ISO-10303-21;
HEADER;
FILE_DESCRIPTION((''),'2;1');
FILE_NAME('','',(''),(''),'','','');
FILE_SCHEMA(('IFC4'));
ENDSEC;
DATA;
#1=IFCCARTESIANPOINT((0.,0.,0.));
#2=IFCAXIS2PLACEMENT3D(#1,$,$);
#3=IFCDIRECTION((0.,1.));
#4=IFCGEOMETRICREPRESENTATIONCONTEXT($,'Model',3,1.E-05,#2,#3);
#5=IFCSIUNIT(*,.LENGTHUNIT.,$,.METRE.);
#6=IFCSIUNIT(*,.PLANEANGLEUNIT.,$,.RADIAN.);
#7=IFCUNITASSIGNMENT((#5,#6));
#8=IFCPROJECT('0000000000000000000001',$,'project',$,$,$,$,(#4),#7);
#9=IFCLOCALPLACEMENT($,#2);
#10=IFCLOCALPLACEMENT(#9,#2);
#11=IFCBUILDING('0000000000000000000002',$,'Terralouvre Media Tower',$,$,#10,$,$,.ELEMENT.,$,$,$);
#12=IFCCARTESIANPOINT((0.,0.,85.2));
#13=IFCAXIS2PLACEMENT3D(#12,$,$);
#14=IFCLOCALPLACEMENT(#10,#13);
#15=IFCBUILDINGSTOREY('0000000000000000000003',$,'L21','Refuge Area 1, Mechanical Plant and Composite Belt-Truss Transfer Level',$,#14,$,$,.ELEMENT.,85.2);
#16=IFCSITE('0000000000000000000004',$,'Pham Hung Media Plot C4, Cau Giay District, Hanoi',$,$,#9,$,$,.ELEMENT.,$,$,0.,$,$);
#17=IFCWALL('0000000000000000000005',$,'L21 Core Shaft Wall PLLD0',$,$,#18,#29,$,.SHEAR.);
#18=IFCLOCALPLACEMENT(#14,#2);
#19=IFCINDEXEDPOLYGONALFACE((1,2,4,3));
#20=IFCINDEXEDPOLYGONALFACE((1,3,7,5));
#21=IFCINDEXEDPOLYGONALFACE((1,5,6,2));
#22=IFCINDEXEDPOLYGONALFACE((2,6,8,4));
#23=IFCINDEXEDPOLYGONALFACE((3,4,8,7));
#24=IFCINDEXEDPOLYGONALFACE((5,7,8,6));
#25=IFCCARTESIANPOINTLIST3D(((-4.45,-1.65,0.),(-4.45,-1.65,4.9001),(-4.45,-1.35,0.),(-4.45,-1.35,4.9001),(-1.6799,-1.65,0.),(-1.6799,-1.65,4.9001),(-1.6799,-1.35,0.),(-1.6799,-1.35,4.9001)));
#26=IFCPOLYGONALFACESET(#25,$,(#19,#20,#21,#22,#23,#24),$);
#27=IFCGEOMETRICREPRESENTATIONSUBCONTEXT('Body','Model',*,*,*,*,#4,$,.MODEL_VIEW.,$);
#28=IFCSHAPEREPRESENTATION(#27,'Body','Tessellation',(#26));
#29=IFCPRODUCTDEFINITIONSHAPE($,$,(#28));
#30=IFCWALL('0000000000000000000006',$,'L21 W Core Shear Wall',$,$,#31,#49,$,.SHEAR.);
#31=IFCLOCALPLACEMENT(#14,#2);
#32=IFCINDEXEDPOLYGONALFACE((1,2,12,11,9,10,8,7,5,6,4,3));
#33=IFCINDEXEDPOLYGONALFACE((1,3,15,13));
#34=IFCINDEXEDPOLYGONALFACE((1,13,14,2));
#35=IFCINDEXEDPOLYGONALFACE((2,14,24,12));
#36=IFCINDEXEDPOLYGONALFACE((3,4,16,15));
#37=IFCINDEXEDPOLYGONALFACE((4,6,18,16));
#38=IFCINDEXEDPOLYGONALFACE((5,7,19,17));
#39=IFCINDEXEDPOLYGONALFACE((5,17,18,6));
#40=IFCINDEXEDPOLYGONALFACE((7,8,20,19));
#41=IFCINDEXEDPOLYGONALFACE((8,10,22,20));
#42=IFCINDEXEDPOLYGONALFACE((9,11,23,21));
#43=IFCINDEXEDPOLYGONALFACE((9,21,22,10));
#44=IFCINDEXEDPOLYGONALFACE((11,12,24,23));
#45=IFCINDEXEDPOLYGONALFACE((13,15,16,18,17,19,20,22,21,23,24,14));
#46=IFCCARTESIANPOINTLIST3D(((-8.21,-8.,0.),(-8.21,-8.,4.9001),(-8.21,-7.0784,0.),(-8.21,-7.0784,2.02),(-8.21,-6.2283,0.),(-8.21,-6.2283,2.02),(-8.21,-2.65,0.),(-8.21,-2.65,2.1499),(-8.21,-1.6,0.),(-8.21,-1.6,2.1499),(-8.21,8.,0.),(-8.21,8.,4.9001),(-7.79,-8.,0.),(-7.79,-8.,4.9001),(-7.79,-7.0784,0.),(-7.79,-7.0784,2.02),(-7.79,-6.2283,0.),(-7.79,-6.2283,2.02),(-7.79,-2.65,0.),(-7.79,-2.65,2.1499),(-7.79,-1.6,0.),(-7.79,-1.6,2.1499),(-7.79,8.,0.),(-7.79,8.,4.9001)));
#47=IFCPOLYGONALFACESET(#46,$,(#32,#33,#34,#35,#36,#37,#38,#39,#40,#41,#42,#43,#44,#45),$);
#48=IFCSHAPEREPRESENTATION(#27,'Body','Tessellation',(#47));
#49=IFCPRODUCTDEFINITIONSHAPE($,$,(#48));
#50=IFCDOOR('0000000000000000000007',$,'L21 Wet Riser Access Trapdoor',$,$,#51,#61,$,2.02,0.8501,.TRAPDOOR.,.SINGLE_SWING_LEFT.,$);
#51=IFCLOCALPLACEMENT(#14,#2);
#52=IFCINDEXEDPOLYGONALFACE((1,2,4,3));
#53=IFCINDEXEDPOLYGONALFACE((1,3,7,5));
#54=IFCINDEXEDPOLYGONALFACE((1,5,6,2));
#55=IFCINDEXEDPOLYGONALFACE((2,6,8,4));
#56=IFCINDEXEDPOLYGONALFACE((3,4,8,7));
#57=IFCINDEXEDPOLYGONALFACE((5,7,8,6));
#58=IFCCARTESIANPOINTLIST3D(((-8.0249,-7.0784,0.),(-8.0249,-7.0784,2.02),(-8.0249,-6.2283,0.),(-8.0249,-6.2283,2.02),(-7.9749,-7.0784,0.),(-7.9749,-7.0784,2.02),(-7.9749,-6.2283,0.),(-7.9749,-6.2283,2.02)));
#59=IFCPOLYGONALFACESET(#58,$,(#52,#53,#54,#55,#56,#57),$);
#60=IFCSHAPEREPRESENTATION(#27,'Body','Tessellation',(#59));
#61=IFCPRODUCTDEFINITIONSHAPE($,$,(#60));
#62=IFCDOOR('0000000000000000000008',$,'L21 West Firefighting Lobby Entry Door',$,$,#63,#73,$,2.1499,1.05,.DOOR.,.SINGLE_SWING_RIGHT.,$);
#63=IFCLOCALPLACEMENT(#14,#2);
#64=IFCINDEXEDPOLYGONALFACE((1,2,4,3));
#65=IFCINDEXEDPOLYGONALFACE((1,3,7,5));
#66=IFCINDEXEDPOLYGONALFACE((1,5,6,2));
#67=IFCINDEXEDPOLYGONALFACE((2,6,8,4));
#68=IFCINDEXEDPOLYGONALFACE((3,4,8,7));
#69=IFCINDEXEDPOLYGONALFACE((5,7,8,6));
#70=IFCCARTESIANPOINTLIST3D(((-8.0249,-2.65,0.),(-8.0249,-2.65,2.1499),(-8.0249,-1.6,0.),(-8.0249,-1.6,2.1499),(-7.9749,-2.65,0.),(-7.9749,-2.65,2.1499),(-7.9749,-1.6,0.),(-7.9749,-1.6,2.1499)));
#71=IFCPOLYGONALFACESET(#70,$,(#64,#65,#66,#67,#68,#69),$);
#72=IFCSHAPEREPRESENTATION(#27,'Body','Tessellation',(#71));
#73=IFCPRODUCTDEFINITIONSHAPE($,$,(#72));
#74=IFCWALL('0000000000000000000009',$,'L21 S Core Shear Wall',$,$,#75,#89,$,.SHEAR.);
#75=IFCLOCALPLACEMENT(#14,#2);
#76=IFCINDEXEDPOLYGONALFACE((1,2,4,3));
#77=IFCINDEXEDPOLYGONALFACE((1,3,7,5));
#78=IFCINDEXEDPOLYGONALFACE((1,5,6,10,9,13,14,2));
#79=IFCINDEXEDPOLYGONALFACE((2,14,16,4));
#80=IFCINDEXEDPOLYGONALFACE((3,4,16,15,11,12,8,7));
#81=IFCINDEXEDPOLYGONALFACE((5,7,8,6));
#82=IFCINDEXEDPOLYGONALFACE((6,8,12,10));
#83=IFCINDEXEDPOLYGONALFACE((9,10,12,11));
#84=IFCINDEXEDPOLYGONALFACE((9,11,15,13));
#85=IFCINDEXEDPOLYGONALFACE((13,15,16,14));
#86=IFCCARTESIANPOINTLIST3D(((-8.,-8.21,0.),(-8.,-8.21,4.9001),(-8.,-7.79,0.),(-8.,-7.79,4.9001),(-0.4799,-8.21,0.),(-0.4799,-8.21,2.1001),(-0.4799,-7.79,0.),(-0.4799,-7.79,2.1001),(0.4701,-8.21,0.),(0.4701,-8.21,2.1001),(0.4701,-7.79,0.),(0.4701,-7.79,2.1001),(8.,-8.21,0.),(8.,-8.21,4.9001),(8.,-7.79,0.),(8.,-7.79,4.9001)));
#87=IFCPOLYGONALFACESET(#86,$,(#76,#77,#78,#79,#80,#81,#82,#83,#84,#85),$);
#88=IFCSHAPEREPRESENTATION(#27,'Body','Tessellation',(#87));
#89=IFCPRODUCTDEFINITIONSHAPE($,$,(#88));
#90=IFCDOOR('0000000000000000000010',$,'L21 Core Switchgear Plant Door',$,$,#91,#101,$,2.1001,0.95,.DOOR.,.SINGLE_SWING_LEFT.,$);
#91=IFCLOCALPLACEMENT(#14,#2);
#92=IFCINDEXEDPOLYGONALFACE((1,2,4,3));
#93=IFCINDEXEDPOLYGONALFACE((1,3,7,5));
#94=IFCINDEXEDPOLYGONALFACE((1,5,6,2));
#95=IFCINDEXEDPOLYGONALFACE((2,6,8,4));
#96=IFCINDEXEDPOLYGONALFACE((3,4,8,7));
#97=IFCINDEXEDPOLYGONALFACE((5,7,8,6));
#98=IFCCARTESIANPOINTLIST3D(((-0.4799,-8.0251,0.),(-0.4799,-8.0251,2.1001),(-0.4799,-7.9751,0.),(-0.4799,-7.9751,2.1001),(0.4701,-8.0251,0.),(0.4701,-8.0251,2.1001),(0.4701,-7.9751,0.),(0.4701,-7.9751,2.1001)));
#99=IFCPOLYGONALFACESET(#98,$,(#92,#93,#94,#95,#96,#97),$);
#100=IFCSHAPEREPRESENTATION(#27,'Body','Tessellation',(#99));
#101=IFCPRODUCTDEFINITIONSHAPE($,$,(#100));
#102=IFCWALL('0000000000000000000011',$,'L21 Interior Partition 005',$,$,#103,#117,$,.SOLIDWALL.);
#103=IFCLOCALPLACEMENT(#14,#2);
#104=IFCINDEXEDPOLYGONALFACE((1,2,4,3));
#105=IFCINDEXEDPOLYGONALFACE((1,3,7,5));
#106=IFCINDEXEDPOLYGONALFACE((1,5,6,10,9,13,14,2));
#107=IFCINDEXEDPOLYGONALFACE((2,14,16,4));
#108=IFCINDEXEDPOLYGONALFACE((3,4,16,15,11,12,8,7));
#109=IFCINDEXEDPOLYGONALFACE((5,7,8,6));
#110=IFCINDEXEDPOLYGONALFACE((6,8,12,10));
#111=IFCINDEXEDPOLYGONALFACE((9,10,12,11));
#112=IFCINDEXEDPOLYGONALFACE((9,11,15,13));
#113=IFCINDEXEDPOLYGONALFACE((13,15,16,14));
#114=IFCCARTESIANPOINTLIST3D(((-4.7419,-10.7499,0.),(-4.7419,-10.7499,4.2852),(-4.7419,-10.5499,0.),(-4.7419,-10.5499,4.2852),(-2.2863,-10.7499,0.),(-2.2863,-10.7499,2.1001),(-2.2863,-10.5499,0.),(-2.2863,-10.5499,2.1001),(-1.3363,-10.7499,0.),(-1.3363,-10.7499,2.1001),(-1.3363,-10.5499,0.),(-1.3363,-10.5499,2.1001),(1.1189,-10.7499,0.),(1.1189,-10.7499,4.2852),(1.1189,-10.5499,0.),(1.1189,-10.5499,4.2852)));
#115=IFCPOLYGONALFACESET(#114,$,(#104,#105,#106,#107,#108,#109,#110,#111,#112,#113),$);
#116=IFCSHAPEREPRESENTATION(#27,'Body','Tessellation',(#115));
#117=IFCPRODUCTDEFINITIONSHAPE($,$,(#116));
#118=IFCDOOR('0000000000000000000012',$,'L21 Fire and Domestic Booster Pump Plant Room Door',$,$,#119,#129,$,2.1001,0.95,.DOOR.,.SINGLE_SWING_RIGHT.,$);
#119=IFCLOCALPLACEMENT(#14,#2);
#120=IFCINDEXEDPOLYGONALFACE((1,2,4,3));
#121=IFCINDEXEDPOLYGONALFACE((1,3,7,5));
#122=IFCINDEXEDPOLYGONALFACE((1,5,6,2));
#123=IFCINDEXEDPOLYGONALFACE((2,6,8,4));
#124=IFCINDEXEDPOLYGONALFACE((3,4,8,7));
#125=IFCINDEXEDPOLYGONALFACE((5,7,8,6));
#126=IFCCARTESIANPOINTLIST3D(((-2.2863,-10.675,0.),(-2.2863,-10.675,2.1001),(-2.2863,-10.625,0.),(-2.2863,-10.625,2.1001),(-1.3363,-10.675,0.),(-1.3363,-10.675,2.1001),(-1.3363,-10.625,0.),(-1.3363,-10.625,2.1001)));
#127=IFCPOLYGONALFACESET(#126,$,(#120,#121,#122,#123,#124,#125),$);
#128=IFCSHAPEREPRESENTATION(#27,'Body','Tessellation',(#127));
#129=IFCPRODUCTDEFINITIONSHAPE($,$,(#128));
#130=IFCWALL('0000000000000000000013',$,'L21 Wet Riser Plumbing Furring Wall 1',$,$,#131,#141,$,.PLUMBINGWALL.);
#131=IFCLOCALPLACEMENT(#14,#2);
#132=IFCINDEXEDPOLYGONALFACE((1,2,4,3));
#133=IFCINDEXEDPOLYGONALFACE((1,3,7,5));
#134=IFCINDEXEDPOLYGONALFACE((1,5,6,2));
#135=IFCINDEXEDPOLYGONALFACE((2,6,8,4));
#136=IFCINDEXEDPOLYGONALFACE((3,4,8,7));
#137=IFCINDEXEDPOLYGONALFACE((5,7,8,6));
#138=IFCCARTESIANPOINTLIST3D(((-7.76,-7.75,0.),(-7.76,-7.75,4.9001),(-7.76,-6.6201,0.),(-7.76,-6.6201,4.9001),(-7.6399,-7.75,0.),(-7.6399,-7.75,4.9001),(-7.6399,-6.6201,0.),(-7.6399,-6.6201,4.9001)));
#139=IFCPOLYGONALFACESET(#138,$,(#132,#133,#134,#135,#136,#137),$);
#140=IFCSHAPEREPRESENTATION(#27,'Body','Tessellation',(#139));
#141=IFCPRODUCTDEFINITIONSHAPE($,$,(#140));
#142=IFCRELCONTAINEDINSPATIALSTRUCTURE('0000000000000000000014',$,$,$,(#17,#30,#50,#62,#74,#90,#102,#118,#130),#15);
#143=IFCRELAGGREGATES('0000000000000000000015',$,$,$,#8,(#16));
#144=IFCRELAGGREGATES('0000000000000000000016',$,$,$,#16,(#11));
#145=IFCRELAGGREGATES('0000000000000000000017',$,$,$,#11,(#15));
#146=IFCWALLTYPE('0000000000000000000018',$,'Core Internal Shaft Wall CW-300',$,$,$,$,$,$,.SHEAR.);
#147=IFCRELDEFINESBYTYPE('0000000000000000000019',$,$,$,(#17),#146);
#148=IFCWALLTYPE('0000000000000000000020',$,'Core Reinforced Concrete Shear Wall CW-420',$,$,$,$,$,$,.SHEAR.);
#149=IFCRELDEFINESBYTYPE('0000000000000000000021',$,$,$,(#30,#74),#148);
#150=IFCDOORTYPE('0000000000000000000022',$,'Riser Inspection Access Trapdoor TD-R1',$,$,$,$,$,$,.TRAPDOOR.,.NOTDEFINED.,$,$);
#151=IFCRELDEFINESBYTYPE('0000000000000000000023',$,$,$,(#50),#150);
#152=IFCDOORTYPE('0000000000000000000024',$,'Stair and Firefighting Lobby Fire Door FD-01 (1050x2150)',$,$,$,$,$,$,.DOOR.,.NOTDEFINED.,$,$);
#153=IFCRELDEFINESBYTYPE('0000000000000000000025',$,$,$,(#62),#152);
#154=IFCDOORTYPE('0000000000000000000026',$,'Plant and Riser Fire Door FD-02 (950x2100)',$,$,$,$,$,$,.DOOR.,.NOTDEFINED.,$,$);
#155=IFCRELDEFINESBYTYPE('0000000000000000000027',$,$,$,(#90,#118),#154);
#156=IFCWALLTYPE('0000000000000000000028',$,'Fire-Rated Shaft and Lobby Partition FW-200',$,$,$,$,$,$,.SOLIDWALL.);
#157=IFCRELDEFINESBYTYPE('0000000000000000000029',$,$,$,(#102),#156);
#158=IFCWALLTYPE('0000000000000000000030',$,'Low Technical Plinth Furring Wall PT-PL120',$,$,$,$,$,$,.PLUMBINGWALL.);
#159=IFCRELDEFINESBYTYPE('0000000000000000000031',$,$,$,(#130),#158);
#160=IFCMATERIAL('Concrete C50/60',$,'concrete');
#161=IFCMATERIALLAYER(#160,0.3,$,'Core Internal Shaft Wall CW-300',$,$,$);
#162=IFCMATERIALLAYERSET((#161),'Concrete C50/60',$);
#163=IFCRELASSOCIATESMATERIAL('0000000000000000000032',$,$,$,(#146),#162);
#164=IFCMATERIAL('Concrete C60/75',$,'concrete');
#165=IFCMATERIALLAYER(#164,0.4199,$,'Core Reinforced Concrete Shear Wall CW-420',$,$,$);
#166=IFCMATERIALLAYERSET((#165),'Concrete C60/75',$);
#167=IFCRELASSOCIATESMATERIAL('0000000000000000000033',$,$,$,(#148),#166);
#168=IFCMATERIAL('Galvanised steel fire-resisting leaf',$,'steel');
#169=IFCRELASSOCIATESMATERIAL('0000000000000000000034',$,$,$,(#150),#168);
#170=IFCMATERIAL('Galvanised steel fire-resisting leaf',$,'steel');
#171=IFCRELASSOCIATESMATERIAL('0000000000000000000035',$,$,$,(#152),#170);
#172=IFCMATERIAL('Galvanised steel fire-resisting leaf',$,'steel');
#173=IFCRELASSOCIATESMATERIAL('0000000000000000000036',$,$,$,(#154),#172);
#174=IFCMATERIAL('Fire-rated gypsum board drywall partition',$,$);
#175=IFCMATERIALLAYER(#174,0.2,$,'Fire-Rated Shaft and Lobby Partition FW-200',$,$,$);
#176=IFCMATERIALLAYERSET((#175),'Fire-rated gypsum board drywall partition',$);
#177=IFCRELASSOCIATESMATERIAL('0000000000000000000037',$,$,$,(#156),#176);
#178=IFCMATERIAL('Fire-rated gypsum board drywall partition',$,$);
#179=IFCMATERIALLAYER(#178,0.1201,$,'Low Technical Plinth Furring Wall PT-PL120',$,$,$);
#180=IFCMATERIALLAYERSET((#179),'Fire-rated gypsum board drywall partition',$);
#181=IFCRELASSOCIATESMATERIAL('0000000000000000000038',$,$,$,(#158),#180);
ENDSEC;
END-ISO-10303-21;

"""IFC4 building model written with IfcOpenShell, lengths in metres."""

from ifc_helpers import new_model, si_unit, direction, frame, frame_2d, origin, place, context, subcontext, project, spatial, rectangle, extrude, material, layer, layer_set, type_object, element, fill, save


model = new_model("IFC4")

# Units and contexts
model_context = context("Model", 3, precision=1e-05, world=origin(), true_north=direction((0.0, 1.0)))
body_context = subcontext(model_context, "Body", "Model", "MODEL_VIEW")
ifc_project = project(units=[si_unit("LENGTHUNIT", "METRE"), si_unit("PLANEANGLEUNIT", "RADIAN")], contexts=[model_context])

# Site, building, storey
site_placement = place(None, origin())
site = spatial("IfcSite", under=ifc_project, at=site_placement, Name="Pham Hung Media Plot C4, Cau Giay District, Hanoi", CompositionType="ELEMENT", RefElevation=0.0)
building_placement = place(site_placement, origin())
building = spatial("IfcBuilding", under=site, at=building_placement, Name="Terralouvre Media Tower", CompositionType="ELEMENT")
storey_placement = place(building_placement, frame((0.0, 0.0, 85.2)))
storey = spatial("IfcBuildingStorey", under=building, at=storey_placement, Name="L21", Description="Refuge Area 1, Mechanical Plant and Composite Belt-Truss Transfer Level", CompositionType="ELEMENT", Elevation=85.2)

# Shared definitions
ifc_material_1 = material(Name="Concrete C50/60", Category="concrete")
ifc_layer_1 = layer(ifc_material_1, 0.3, Name="Core Internal Shaft Wall CW-300")
ifc_layer_set_1 = layer_set([ifc_layer_1], Name="Concrete C50/60")
wall_type_1 = type_object("IfcWallType", Name="Core Internal Shaft Wall CW-300", PredefinedType="SHEAR", material=ifc_layer_set_1)

# Wall
wall_1_placement = place(storey_placement, frame((-4.45, -1.5, 0.0), z_axis=(0.0, 0.0, 1.0), x_axis=(1.0, 0.0, 0.0)))
element("IfcWall", 1, at=wall_1_placement, inside=storey, type_object=wall_type_1, Name="L21 Core Shaft Wall PLLD0", PredefinedType="SHEAR", context=body_context, shape_type="SweptSolid", body=[
    extrude(rectangle(XDim=2.77, YDim=0.3, at=frame_2d((1.385, 0.0))), origin(), (0.0, 0.0, 1.0), 4.9001),
])

# Wall, openings, doors
ifc_material_2 = material(Name="Concrete C60/75", Category="concrete")
ifc_layer_2 = layer(ifc_material_2, 0.4199, Name="Core Reinforced Concrete Shear Wall CW-420")
ifc_layer_set_2 = layer_set([ifc_layer_2], Name="Concrete C60/75")
wall_type_2 = type_object("IfcWallType", Name="Core Reinforced Concrete Shear Wall CW-420", PredefinedType="SHEAR", material=ifc_layer_set_2)
wall_2_placement = place(storey_placement, frame((-8.0, -8.0, 0.0), z_axis=(0.0, 0.0, 1.0), x_axis=(0.0, 1.0, 0.0)))
wall_2 = element("IfcWall", 2, at=wall_2_placement, inside=storey, type_object=wall_type_2, Name="L21 W Core Shear Wall", PredefinedType="SHEAR", context=body_context, shape_type="SweptSolid", body=[
    extrude(rectangle(XDim=16.0, YDim=0.4199, at=frame_2d((8.0, 0.0))), origin(), (0.0, 0.0, 1.0), 4.9001),
])
opening_1_placement = place(wall_2_placement, frame((0.9216, 0.0, 0.0)))
opening_1 = element("IfcOpeningElement", 3, at=opening_1_placement, cuts=wall_2, PredefinedType="OPENING", context=body_context, shape_type="SweptSolid", body=[
    extrude(rectangle(XDim=0.8501, YDim=2.02, at=frame_2d((0.425, 1.01))), frame((0.0, 0.22, 0.0), z_axis=(0.0, -1.0, 0.0), x_axis=(1.0, 0.0, 0.0)), (0.0, 0.0, 1.0), 0.4399),
])
opening_2_placement = place(wall_2_placement, frame((5.3501, 0.0, 0.0)))
opening_2 = element("IfcOpeningElement", 4, at=opening_2_placement, cuts=wall_2, PredefinedType="OPENING", context=body_context, shape_type="SweptSolid", body=[
    extrude(rectangle(XDim=1.05, YDim=2.1499, at=frame_2d((0.5249, 1.075))), frame((0.0, 0.22, 0.0), z_axis=(0.0, -1.0, 0.0), x_axis=(1.0, 0.0, 0.0)), (0.0, 0.0, 1.0), 0.4399),
])
ifc_material_3 = material(Name="Galvanised steel fire-resisting leaf", Category="steel")
door_type_1 = type_object("IfcDoorType", Name="Riser Inspection Access Trapdoor TD-R1", OperationType="NOTDEFINED", PredefinedType="TRAPDOOR", material=ifc_material_3)
door_1_placement = place(opening_1_placement, origin())
door_1 = element("IfcDoor", 5, at=door_1_placement, inside=storey, type_object=door_type_1, Name="L21 Wet Riser Access Trapdoor", OperationType="SINGLE_SWING_LEFT", OverallHeight=2.02, OverallWidth=0.8501, PredefinedType="TRAPDOOR", context=body_context, shape_type="SweptSolid", body=[
    extrude(rectangle(XDim=0.8501, YDim=2.02, at=frame_2d((0.425, 1.01))), frame((0.0, 0.0249, 0.0), z_axis=(0.0, -1.0, 0.0), x_axis=(1.0, 0.0, 0.0)), (0.0, 0.0, 1.0), 0.05),
])
fill(opening_1, door_1)
ifc_material_4 = material(Name="Galvanised steel fire-resisting leaf", Category="steel")
door_type_2 = type_object("IfcDoorType", Name="Stair and Firefighting Lobby Fire Door FD-01 (1050x2150)", OperationType="NOTDEFINED", PredefinedType="DOOR", material=ifc_material_4)
door_2_placement = place(opening_2_placement, origin())
door_2 = element("IfcDoor", 6, at=door_2_placement, inside=storey, type_object=door_type_2, Name="L21 West Firefighting Lobby Entry Door", OperationType="SINGLE_SWING_RIGHT", OverallHeight=2.1499, OverallWidth=1.05, PredefinedType="DOOR", context=body_context, shape_type="SweptSolid", body=[
    extrude(rectangle(XDim=1.05, YDim=2.1499, at=frame_2d((0.5249, 1.075))), frame((0.0, 0.0249, 0.0), z_axis=(0.0, -1.0, 0.0), x_axis=(1.0, 0.0, 0.0)), (0.0, 0.0, 1.0), 0.05),
])
fill(opening_2, door_2)

# Walls, openings, doors
wall_3_placement = place(storey_placement, frame((-8.0, -8.0, 0.0), z_axis=(0.0, 0.0, 1.0), x_axis=(1.0, 0.0, 0.0)))
wall_3 = element("IfcWall", 7, at=wall_3_placement, inside=storey, type_object=wall_type_2, Name="L21 S Core Shear Wall", PredefinedType="SHEAR", context=body_context, shape_type="SweptSolid", body=[
    extrude(rectangle(XDim=16.0, YDim=0.4199, at=frame_2d((8.0, 0.0))), origin(), (0.0, 0.0, 1.0), 4.9001),
])
opening_3_placement = place(wall_3_placement, frame((7.52, 0.0, 0.0)))
opening_3 = element("IfcOpeningElement", 8, at=opening_3_placement, cuts=wall_3, PredefinedType="OPENING", context=body_context, shape_type="SweptSolid", body=[
    extrude(rectangle(XDim=0.95, YDim=2.1001, at=frame_2d((0.4751, 1.05))), frame((0.0, 0.22, 0.0), z_axis=(0.0, -1.0, 0.0), x_axis=(1.0, 0.0, 0.0)), (0.0, 0.0, 1.0), 0.4399),
])
ifc_material_5 = material(Name="Galvanised steel fire-resisting leaf", Category="steel")
door_type_3 = type_object("IfcDoorType", Name="Plant and Riser Fire Door FD-02 (950x2100)", OperationType="NOTDEFINED", PredefinedType="DOOR", material=ifc_material_5)
door_3_placement = place(opening_3_placement, origin())
door_3 = element("IfcDoor", 9, at=door_3_placement, inside=storey, type_object=door_type_3, Name="L21 Core Switchgear Plant Door", OperationType="SINGLE_SWING_LEFT", OverallHeight=2.1001, OverallWidth=0.95, PredefinedType="DOOR", context=body_context, shape_type="SweptSolid", body=[
    extrude(rectangle(XDim=0.95, YDim=2.1001, at=frame_2d((0.4751, 1.05))), frame((0.0, 0.0249, 0.0), z_axis=(0.0, -1.0, 0.0), x_axis=(1.0, 0.0, 0.0)), (0.0, 0.0, 1.0), 0.05),
])
fill(opening_3, door_3)
ifc_material_6 = material(Name="Fire-rated gypsum board drywall partition")
ifc_layer_3 = layer(ifc_material_6, 0.2, Name="Fire-Rated Shaft and Lobby Partition FW-200")
ifc_layer_set_3 = layer_set([ifc_layer_3], Name="Fire-rated gypsum board drywall partition")
wall_type_3 = type_object("IfcWallType", Name="Fire-Rated Shaft and Lobby Partition FW-200", PredefinedType="SOLIDWALL", material=ifc_layer_set_3)
wall_4_placement = place(storey_placement, frame((-4.7419, -10.6499, 0.0), z_axis=(0.0, 0.0, 1.0), x_axis=(1.0, 0.0, 0.0)))
wall_4 = element("IfcWall", 10, at=wall_4_placement, inside=storey, type_object=wall_type_3, Name="L21 Interior Partition 005", PredefinedType="SOLIDWALL", context=body_context, shape_type="SweptSolid", body=[
    extrude(rectangle(XDim=5.8608, YDim=0.2, at=frame_2d((2.9304, 0.0))), origin(), (0.0, 0.0, 1.0), 4.2852),
])
opening_4_placement = place(wall_4_placement, frame((2.4556, 0.0, 0.0)))
opening_4 = element("IfcOpeningElement", 11, at=opening_4_placement, cuts=wall_4, PredefinedType="OPENING", context=body_context, shape_type="SweptSolid", body=[
    extrude(rectangle(XDim=0.95, YDim=2.1001, at=frame_2d((0.4751, 1.05))), frame((0.0, 0.1099, 0.0), z_axis=(0.0, -1.0, 0.0), x_axis=(1.0, 0.0, 0.0)), (0.0, 0.0, 1.0), 0.22),
])
door_4_placement = place(opening_4_placement, origin())
door_4 = element("IfcDoor", 12, at=door_4_placement, inside=storey, type_object=door_type_3, Name="L21 Fire and Domestic Booster Pump Plant Room Door", OperationType="SINGLE_SWING_RIGHT", OverallHeight=2.1001, OverallWidth=0.95, PredefinedType="DOOR", context=body_context, shape_type="SweptSolid", body=[
    extrude(rectangle(XDim=0.95, YDim=2.1001, at=frame_2d((0.4751, 1.05))), frame((0.0, 0.0249, 0.0), z_axis=(0.0, -1.0, 0.0), x_axis=(1.0, 0.0, 0.0)), (0.0, 0.0, 1.0), 0.05),
])
fill(opening_4, door_4)

# Wall
ifc_material_7 = material(Name="Fire-rated gypsum board drywall partition")
ifc_layer_4 = layer(ifc_material_7, 0.1201, Name="Low Technical Plinth Furring Wall PT-PL120")
ifc_layer_set_4 = layer_set([ifc_layer_4], Name="Fire-rated gypsum board drywall partition")
wall_type_4 = type_object("IfcWallType", Name="Low Technical Plinth Furring Wall PT-PL120", PredefinedType="PLUMBINGWALL", material=ifc_layer_set_4)
wall_5_placement = place(storey_placement, frame((-7.7, -7.75, 0.0), z_axis=(0.0, 0.0, 1.0), x_axis=(0.0, 1.0, 0.0)))
element("IfcWall", 13, at=wall_5_placement, inside=storey, type_object=wall_type_4, Name="L21 Wet Riser Plumbing Furring Wall 1", PredefinedType="PLUMBINGWALL", context=body_context, shape_type="SweptSolid", body=[
    extrude(rectangle(XDim=1.1299, YDim=0.1201, at=frame_2d((0.5649, 0.0))), origin(), (0.0, 0.0, 1.0), 4.9001),
])

save(model, "model.ifc")
